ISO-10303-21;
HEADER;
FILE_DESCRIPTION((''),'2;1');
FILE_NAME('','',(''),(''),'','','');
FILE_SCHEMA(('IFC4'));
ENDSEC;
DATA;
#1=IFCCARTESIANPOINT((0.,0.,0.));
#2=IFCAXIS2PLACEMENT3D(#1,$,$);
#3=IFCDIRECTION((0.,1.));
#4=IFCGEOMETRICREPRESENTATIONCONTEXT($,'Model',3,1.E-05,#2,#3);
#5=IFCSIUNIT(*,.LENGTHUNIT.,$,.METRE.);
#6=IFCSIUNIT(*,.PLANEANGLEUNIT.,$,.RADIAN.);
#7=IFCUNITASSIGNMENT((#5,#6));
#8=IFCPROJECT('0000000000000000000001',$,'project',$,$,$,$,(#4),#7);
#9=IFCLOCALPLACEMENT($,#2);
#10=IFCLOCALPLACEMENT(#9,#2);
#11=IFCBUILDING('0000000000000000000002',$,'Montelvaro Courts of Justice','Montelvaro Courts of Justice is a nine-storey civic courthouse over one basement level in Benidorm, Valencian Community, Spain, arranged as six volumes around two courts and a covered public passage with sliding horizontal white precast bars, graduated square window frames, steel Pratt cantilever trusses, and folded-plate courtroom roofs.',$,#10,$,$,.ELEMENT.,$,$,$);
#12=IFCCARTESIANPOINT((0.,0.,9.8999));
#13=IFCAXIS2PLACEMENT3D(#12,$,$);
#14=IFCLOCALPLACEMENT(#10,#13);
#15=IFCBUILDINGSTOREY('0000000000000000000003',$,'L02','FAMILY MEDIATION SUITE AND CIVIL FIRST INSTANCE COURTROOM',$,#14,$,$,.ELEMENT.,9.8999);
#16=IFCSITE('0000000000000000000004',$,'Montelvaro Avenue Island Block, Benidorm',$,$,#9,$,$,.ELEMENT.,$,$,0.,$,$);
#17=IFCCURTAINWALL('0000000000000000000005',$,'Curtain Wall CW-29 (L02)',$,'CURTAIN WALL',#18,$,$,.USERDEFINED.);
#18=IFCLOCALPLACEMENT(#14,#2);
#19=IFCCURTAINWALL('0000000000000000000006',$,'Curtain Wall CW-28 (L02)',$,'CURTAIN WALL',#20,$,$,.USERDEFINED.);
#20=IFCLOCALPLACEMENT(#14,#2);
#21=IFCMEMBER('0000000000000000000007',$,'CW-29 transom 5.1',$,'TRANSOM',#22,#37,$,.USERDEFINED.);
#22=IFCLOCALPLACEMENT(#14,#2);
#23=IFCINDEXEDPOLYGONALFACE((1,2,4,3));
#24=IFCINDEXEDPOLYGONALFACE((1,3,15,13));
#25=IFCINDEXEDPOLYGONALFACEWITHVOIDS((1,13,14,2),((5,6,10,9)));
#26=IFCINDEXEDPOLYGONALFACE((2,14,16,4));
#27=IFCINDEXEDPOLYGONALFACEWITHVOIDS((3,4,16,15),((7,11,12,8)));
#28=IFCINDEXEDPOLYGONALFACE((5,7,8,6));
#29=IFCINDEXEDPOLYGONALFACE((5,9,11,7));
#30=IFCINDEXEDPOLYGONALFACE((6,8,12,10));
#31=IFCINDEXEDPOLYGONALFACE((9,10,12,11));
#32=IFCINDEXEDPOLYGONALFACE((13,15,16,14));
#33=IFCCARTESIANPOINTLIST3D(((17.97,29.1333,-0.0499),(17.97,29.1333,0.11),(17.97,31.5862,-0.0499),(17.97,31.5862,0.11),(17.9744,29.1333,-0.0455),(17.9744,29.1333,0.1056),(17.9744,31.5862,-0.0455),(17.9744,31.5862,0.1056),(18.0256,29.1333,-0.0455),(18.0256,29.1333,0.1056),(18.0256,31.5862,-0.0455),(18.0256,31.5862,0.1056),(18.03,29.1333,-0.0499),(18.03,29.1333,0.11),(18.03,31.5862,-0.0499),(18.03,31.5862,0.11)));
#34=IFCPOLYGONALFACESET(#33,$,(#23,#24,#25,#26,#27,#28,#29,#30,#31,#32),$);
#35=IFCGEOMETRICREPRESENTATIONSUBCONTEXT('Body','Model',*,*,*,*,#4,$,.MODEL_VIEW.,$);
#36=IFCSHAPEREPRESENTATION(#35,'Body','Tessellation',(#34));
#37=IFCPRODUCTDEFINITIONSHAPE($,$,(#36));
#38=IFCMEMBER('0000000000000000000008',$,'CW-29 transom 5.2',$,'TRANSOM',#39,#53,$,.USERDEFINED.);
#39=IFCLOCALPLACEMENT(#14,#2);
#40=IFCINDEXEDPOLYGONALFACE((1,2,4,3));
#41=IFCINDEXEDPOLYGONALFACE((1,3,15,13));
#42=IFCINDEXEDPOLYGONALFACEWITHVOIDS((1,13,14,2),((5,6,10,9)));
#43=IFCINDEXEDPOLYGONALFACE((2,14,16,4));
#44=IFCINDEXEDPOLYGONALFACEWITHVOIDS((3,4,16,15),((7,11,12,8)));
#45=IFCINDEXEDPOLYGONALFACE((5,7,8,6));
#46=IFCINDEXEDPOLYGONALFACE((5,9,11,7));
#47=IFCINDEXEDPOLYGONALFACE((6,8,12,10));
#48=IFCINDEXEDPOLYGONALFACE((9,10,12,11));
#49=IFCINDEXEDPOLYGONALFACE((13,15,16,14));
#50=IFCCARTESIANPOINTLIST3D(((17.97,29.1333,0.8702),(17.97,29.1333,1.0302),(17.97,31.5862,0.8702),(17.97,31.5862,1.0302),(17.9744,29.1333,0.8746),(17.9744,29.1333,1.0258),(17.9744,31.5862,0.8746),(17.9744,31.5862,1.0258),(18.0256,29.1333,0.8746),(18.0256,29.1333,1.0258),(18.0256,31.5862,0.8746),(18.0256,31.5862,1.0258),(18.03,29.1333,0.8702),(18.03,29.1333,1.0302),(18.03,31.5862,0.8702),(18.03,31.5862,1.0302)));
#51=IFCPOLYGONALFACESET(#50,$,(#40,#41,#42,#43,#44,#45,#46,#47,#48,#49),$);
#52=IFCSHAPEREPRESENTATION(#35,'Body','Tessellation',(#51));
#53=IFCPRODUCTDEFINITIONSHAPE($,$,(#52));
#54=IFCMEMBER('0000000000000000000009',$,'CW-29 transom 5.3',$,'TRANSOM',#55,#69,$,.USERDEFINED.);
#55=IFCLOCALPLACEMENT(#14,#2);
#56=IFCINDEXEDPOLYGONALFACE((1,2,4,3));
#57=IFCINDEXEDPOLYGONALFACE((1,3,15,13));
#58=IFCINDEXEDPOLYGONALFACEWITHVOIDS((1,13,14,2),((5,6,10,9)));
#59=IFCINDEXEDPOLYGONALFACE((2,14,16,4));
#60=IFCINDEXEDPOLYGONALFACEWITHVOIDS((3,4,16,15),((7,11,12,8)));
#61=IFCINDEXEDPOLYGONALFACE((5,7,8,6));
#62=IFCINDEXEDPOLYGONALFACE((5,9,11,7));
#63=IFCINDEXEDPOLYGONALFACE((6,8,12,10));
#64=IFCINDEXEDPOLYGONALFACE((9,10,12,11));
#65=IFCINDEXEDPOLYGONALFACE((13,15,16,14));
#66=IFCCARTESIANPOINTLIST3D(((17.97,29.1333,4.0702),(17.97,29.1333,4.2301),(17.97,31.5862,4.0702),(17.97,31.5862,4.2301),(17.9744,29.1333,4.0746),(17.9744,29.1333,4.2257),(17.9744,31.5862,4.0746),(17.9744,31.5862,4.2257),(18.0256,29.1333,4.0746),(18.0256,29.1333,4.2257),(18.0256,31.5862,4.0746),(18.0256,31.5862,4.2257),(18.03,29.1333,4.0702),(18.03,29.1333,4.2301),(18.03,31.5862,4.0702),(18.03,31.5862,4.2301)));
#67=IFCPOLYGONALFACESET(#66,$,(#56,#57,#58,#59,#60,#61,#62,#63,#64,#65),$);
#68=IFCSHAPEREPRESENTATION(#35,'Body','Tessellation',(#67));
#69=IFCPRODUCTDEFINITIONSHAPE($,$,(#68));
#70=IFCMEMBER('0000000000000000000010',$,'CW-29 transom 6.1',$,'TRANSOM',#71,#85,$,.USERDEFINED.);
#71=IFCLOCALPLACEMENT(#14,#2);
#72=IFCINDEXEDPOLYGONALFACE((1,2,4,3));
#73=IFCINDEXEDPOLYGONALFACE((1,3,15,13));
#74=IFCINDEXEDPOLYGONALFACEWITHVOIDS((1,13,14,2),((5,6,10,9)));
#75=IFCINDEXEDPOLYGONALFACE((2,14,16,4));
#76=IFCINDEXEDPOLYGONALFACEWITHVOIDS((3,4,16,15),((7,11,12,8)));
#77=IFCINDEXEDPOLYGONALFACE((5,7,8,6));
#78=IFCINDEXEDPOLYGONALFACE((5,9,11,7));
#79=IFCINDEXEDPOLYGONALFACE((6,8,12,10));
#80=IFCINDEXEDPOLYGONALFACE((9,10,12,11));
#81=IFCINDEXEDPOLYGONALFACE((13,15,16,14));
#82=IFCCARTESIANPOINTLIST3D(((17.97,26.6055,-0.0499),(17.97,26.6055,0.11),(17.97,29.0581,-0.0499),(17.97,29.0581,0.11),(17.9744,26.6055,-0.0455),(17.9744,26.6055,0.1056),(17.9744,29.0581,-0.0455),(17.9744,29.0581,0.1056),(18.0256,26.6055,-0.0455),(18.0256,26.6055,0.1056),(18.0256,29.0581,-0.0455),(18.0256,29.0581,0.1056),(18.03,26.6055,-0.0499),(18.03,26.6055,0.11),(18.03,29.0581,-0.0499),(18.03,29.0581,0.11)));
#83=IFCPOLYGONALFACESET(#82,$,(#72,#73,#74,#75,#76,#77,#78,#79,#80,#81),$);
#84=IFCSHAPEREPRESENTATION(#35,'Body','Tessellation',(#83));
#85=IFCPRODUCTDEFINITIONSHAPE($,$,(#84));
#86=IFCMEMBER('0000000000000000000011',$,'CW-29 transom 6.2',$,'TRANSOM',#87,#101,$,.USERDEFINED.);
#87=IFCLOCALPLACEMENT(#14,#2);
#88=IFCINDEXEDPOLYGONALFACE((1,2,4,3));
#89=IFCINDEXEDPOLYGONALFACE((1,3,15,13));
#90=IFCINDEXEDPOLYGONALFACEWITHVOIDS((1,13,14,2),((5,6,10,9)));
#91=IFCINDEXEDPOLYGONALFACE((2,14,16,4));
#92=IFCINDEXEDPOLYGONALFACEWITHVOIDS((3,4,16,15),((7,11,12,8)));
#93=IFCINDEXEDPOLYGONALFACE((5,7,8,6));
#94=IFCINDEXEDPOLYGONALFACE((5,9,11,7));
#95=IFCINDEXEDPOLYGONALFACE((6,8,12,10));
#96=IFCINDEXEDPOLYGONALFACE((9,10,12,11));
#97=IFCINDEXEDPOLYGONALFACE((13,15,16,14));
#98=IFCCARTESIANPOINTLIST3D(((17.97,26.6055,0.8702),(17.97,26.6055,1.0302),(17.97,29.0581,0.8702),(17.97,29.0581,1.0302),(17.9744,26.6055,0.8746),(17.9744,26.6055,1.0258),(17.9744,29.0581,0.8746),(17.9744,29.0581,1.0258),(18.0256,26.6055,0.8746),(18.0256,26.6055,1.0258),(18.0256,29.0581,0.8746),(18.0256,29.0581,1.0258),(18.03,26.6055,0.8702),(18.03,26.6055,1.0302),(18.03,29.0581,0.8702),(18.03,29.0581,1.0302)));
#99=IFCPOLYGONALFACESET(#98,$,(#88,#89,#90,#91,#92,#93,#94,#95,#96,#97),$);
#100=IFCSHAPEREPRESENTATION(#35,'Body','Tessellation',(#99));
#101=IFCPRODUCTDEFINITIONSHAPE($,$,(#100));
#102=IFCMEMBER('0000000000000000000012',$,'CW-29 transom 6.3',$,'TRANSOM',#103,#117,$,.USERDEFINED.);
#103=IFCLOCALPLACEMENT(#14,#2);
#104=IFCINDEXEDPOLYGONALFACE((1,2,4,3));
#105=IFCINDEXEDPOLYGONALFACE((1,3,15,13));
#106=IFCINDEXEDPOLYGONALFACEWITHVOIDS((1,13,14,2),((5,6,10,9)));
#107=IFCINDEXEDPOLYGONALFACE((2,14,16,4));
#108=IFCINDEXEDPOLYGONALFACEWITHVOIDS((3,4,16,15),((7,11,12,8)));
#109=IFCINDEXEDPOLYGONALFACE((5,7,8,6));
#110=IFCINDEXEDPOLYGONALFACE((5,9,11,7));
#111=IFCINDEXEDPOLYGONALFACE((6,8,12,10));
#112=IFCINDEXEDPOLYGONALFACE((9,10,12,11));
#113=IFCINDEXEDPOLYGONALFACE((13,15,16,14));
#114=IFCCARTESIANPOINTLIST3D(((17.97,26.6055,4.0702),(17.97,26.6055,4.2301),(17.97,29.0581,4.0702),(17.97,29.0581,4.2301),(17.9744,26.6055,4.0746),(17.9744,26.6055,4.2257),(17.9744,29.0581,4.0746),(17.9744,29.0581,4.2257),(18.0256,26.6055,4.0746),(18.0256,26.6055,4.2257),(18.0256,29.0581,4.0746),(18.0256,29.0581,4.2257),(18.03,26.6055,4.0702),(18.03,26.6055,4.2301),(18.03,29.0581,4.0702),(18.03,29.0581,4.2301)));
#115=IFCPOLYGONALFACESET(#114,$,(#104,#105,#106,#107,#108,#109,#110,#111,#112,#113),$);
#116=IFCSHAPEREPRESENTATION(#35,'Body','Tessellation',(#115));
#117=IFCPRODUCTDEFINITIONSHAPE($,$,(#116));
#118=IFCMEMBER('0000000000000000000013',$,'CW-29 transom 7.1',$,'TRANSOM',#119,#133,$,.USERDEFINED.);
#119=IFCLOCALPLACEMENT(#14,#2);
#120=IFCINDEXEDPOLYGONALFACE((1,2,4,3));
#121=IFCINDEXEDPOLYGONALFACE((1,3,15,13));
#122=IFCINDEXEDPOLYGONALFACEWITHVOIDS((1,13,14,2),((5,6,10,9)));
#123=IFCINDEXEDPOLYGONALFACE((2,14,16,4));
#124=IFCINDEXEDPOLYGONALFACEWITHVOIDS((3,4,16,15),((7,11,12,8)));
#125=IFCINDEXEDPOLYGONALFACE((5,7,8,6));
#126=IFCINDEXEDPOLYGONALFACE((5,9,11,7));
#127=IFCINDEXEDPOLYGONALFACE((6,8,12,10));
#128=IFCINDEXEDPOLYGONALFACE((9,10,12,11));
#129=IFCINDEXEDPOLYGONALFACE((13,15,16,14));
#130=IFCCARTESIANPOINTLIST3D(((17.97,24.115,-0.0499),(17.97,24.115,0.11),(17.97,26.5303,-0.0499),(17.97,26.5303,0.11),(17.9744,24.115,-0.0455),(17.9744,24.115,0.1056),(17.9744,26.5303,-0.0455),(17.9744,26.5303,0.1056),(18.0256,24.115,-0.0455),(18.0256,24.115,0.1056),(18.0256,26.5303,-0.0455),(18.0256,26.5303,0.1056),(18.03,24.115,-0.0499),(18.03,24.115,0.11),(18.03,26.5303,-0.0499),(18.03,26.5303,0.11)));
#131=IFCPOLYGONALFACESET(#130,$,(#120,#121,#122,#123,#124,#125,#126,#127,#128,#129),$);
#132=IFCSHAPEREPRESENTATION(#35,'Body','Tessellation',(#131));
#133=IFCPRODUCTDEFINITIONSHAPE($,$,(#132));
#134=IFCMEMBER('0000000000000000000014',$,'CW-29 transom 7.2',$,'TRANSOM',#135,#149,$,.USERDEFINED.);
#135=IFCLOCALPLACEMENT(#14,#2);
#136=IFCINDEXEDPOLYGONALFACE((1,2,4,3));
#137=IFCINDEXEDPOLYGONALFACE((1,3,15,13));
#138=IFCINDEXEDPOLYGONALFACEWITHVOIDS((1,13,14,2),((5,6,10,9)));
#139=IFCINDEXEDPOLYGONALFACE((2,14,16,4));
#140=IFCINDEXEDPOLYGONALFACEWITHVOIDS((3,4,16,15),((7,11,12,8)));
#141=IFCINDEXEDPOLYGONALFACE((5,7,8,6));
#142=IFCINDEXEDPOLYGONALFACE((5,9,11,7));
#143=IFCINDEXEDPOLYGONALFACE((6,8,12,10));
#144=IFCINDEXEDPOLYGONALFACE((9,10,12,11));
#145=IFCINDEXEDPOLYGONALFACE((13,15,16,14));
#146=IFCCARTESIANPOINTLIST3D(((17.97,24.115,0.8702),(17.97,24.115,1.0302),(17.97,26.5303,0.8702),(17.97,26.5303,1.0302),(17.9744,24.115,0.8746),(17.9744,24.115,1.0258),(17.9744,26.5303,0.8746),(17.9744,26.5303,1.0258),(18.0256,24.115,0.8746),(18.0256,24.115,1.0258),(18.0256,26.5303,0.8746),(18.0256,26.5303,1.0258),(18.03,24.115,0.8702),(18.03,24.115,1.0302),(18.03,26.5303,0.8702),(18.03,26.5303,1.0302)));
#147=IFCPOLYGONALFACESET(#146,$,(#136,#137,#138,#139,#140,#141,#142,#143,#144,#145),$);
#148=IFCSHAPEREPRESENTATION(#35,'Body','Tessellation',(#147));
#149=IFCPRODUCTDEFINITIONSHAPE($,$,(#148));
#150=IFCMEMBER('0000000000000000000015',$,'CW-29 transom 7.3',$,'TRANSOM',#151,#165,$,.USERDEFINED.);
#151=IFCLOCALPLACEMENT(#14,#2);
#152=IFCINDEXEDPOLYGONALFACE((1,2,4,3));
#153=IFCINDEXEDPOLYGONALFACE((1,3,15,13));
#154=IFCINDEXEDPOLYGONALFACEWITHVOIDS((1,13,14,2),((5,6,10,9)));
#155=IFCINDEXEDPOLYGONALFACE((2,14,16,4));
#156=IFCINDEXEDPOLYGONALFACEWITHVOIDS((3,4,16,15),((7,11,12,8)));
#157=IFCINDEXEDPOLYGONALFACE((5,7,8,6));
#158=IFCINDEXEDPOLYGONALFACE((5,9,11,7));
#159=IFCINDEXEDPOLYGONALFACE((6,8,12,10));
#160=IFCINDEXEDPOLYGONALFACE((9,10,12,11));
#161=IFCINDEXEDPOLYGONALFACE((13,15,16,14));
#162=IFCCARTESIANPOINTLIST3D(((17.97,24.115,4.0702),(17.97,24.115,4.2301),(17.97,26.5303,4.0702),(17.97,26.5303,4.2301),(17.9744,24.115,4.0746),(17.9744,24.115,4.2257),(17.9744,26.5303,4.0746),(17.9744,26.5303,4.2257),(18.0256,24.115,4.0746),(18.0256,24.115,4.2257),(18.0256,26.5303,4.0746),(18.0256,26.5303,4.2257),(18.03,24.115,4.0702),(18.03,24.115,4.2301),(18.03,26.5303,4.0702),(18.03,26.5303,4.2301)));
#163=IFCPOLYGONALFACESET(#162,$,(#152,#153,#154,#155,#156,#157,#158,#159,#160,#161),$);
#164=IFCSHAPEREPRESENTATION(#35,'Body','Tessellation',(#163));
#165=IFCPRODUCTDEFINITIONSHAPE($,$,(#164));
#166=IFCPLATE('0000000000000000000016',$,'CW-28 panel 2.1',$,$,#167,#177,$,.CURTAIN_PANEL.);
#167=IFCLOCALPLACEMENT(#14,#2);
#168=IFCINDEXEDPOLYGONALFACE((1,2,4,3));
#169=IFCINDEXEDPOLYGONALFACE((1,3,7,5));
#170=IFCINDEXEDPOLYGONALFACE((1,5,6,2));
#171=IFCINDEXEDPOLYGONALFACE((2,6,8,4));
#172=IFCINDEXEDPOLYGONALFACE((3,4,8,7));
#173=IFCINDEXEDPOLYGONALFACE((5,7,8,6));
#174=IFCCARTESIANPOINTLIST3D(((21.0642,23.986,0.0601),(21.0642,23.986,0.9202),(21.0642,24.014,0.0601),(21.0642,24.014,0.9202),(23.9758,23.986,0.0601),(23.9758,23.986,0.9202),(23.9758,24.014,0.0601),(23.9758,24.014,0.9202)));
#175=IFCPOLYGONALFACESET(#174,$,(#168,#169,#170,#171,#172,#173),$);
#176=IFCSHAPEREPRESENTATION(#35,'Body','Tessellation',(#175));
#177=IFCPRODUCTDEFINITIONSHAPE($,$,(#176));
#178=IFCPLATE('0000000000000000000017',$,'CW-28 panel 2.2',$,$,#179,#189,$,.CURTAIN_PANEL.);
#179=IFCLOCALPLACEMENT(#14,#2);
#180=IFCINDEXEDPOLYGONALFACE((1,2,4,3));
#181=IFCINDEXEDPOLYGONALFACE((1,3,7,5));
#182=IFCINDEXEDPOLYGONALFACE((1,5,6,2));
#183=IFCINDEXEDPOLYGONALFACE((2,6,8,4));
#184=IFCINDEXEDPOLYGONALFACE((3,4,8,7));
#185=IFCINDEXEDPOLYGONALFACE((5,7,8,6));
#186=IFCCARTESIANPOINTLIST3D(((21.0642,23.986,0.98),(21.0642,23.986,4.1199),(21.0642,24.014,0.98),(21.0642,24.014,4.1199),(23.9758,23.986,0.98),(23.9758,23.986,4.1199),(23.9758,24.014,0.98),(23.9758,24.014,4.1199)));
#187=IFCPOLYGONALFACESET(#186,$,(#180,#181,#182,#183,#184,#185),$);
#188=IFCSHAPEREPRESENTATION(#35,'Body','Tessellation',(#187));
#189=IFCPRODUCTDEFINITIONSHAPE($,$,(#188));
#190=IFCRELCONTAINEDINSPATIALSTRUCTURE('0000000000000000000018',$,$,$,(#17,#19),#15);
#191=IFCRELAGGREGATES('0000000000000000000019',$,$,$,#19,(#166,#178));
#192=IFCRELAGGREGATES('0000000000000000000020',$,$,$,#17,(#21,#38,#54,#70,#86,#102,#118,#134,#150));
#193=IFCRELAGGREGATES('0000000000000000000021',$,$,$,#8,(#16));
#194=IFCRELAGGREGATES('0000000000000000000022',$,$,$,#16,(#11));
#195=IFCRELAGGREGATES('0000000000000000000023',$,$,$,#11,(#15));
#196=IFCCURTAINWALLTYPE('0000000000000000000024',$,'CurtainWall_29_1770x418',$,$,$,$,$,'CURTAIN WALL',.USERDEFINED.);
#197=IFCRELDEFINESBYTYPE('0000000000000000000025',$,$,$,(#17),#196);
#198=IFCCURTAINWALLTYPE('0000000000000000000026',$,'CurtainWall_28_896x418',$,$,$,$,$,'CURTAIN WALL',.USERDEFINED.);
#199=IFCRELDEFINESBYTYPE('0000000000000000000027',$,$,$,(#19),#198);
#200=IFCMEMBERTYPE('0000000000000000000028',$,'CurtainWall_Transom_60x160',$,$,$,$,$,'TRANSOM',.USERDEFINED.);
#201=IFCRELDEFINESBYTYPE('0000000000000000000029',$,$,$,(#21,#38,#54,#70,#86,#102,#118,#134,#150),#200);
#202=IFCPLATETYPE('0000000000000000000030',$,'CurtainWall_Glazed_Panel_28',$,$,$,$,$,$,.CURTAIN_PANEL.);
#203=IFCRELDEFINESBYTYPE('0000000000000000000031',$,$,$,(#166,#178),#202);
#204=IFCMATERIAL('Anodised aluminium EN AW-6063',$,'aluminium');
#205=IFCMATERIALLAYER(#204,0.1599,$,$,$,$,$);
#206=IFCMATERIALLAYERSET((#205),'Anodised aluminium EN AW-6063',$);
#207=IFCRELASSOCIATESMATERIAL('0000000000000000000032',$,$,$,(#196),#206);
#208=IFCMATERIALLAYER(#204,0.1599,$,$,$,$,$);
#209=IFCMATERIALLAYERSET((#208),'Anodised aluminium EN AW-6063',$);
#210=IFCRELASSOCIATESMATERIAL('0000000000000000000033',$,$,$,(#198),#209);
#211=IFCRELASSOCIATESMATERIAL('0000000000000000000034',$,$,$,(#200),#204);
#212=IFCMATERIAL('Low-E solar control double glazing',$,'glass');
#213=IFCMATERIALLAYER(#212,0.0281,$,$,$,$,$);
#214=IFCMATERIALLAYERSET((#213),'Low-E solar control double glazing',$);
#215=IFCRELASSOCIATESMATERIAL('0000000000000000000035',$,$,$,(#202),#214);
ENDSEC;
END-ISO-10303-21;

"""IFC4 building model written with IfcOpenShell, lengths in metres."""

from ifc_helpers import new_model, si_unit, direction, frame, origin, origin_2d, place, context, subcontext, project, spatial, rectangle, hollow_rectangle, extrude, material, layer, layer_set, material_profile, profile_set, type_object, element, aggregate, save


model = new_model("IFC4")

# Units and contexts
model_context = context("Model", 3, precision=1e-05, world=origin(), true_north=direction((0.0, 1.0)))
body_context = subcontext(model_context, "Body", "Model", "MODEL_VIEW")
ifc_project = project(units=[si_unit("LENGTHUNIT", "METRE"), si_unit("PLANEANGLEUNIT", "RADIAN")], contexts=[model_context])

# Site, building, storey
site_placement = place(None, origin())
site = spatial("IfcSite", under=ifc_project, at=site_placement, Name="Montelvaro Avenue Island Block, Benidorm", CompositionType="ELEMENT", RefElevation=0.0)
building_placement = place(site_placement, origin())
building = spatial("IfcBuilding", under=site, at=building_placement, Name="Montelvaro Courts of Justice", Description="Montelvaro Courts of Justice is a nine-storey civic courthouse over one basement level in Benidorm, Valencian Community, Spain, arranged as six volumes around two courts and a covered public passage with sliding horizontal white precast bars, graduated square window frames, steel Pratt cantilever trusses, and folded-plate courtroom roofs.", CompositionType="ELEMENT")
storey_placement = place(building_placement, frame((0.0, 0.0, 9.8999)))
storey = spatial("IfcBuildingStorey", under=building, at=storey_placement, Name="L02", Description="FAMILY MEDIATION SUITE AND CIVIL FIRST INSTANCE COURTROOM", CompositionType="ELEMENT", Elevation=9.8999)

# Curtain walls
ifc_material_1 = material(Name="Anodised aluminium EN AW-6063", Category="aluminium")
ifc_layer_1 = layer(ifc_material_1, 0.1599)
ifc_layer_set_1 = layer_set([ifc_layer_1], Name="Anodised aluminium EN AW-6063")
curtain_wall_type_1 = type_object("IfcCurtainWallType", Name="CurtainWall_29_1770x418", ElementType="CURTAIN WALL", PredefinedType="USERDEFINED", material=ifc_layer_set_1)
curtain_wall_1_placement = place(storey_placement, origin())
curtain_wall_1 = element("IfcCurtainWall", 1, at=curtain_wall_1_placement, inside=storey, type_object=curtain_wall_type_1, Name="Curtain Wall CW-29 (L02)", ObjectType="CURTAIN WALL", PredefinedType="USERDEFINED")
ifc_layer_2 = layer(ifc_material_1, 0.1599)
ifc_layer_set_2 = layer_set([ifc_layer_2], Name="Anodised aluminium EN AW-6063")
curtain_wall_type_2 = type_object("IfcCurtainWallType", Name="CurtainWall_28_896x418", ElementType="CURTAIN WALL", PredefinedType="USERDEFINED", material=ifc_layer_set_2)
curtain_wall_2_placement = place(storey_placement, origin())
curtain_wall_2 = element("IfcCurtainWall", 2, at=curtain_wall_2_placement, inside=storey, type_object=curtain_wall_type_2, Name="Curtain Wall CW-28 (L02)", ObjectType="CURTAIN WALL", PredefinedType="USERDEFINED")
ifc_material_profile_1 = material_profile(ifc_material_1, hollow_rectangle(XDim=0.0601, YDim=0.1599, WallThickness=0.0044, at=origin_2d()), Name="ALU-T 60x160")
ifc_profile_set_1 = profile_set([ifc_material_profile_1], Name="Anodised aluminium EN AW-6063")
member_type_1 = type_object("IfcMemberType", Name="CurtainWall_Transom_60x160", ElementType="TRANSOM", PredefinedType="USERDEFINED", material=ifc_profile_set_1)

# Members
member_1_placement = place(storey_placement, frame((18.0, 31.5862, 0.03), z_axis=(0.0, -1.0, 0.0), x_axis=(1.0, 0.0, 0.0)))
member_1 = element("IfcMember", 3, at=member_1_placement, type_object=member_type_1, Name="CW-29 transom 5.1", ObjectType="TRANSOM", PredefinedType="USERDEFINED", context=body_context, shape_type="SweptSolid", body=[
    extrude(hollow_rectangle(XDim=0.0601, YDim=0.1599, WallThickness=0.0044, at=origin_2d()), origin(), (0.0, 0.0, 1.0), 2.4529),
])
member_2_placement = place(storey_placement, frame((18.0, 31.5862, 0.9502), z_axis=(0.0, -1.0, 0.0), x_axis=(1.0, 0.0, 0.0)))
member_2 = element("IfcMember", 4, at=member_2_placement, type_object=member_type_1, Name="CW-29 transom 5.2", ObjectType="TRANSOM", PredefinedType="USERDEFINED", context=body_context, shape_type="SweptSolid", body=[
    extrude(hollow_rectangle(XDim=0.0601, YDim=0.1599, WallThickness=0.0044, at=origin_2d()), origin(), (0.0, 0.0, 1.0), 2.4529),
])
member_3_placement = place(storey_placement, frame((18.0, 31.5862, 4.1501), z_axis=(0.0, -1.0, 0.0), x_axis=(1.0, 0.0, 0.0)))
member_3 = element("IfcMember", 5, at=member_3_placement, type_object=member_type_1, Name="CW-29 transom 5.3", ObjectType="TRANSOM", PredefinedType="USERDEFINED", context=body_context, shape_type="SweptSolid", body=[
    extrude(hollow_rectangle(XDim=0.0601, YDim=0.1599, WallThickness=0.0044, at=origin_2d()), origin(), (0.0, 0.0, 1.0), 2.4529),
])
member_4_placement = place(storey_placement, frame((18.0, 29.0581, 0.03), z_axis=(0.0, -1.0, 0.0), x_axis=(1.0, 0.0, 0.0)))
member_4 = element("IfcMember", 6, at=member_4_placement, type_object=member_type_1, Name="CW-29 transom 6.1", ObjectType="TRANSOM", PredefinedType="USERDEFINED", context=body_context, shape_type="SweptSolid", body=[
    extrude(hollow_rectangle(XDim=0.0601, YDim=0.1599, WallThickness=0.0044, at=origin_2d()), origin(), (0.0, 0.0, 1.0), 2.4526),
])
member_5_placement = place(storey_placement, frame((18.0, 29.0581, 0.9502), z_axis=(0.0, -1.0, 0.0), x_axis=(1.0, 0.0, 0.0)))
member_5 = element("IfcMember", 7, at=member_5_placement, type_object=member_type_1, Name="CW-29 transom 6.2", ObjectType="TRANSOM", PredefinedType="USERDEFINED", context=body_context, shape_type="SweptSolid", body=[
    extrude(hollow_rectangle(XDim=0.0601, YDim=0.1599, WallThickness=0.0044, at=origin_2d()), origin(), (0.0, 0.0, 1.0), 2.4526),
])
member_6_placement = place(storey_placement, frame((18.0, 29.0581, 4.1501), z_axis=(0.0, -1.0, 0.0), x_axis=(1.0, 0.0, 0.0)))
member_6 = element("IfcMember", 8, at=member_6_placement, type_object=member_type_1, Name="CW-29 transom 6.3", ObjectType="TRANSOM", PredefinedType="USERDEFINED", context=body_context, shape_type="SweptSolid", body=[
    extrude(hollow_rectangle(XDim=0.0601, YDim=0.1599, WallThickness=0.0044, at=origin_2d()), origin(), (0.0, 0.0, 1.0), 2.4526),
])
member_7_placement = place(storey_placement, frame((18.0, 26.5303, 0.03), z_axis=(0.0, -1.0, 0.0), x_axis=(1.0, 0.0, 0.0)))
member_7 = element("IfcMember", 9, at=member_7_placement, type_object=member_type_1, Name="CW-29 transom 7.1", ObjectType="TRANSOM", PredefinedType="USERDEFINED", context=body_context, shape_type="SweptSolid", body=[
    extrude(hollow_rectangle(XDim=0.0601, YDim=0.1599, WallThickness=0.0044, at=origin_2d()), origin(), (0.0, 0.0, 1.0), 2.4153),
])
member_8_placement = place(storey_placement, frame((18.0, 26.5303, 0.9502), z_axis=(0.0, -1.0, 0.0), x_axis=(1.0, 0.0, 0.0)))
member_8 = element("IfcMember", 10, at=member_8_placement, type_object=member_type_1, Name="CW-29 transom 7.2", ObjectType="TRANSOM", PredefinedType="USERDEFINED", context=body_context, shape_type="SweptSolid", body=[
    extrude(hollow_rectangle(XDim=0.0601, YDim=0.1599, WallThickness=0.0044, at=origin_2d()), origin(), (0.0, 0.0, 1.0), 2.4153),
])
member_9_placement = place(storey_placement, frame((18.0, 26.5303, 4.1501), z_axis=(0.0, -1.0, 0.0), x_axis=(1.0, 0.0, 0.0)))
member_9 = element("IfcMember", 11, at=member_9_placement, type_object=member_type_1, Name="CW-29 transom 7.3", ObjectType="TRANSOM", PredefinedType="USERDEFINED", context=body_context, shape_type="SweptSolid", body=[
    extrude(hollow_rectangle(XDim=0.0601, YDim=0.1599, WallThickness=0.0044, at=origin_2d()), origin(), (0.0, 0.0, 1.0), 2.4153),
])

# Plates
ifc_material_2 = material(Name="Low-E solar control double glazing", Category="glass")
ifc_layer_3 = layer(ifc_material_2, 0.0281)
ifc_layer_set_3 = layer_set([ifc_layer_3], Name="Low-E solar control double glazing")
plate_type = type_object("IfcPlateType", Name="CurtainWall_Glazed_Panel_28", PredefinedType="CURTAIN_PANEL", material=ifc_layer_set_3)
plate_1_placement = place(storey_placement, frame((22.52, 24.0, 0.0601), z_axis=(0.0, 0.0, 1.0), x_axis=(1.0, 0.0, 0.0)))
plate_1 = element("IfcPlate", 12, at=plate_1_placement, type_object=plate_type, Name="CW-28 panel 2.1", PredefinedType="CURTAIN_PANEL", context=body_context, shape_type="SweptSolid", body=[
    extrude(rectangle(XDim=2.9116, YDim=0.0281, at=origin_2d()), origin(), (0.0, 0.0, 1.0), 0.8601),
])
plate_2_placement = place(storey_placement, frame((22.52, 24.0, 0.98), z_axis=(0.0, 0.0, 1.0), x_axis=(1.0, 0.0, 0.0)))
plate_2 = element("IfcPlate", 13, at=plate_2_placement, type_object=plate_type, Name="CW-28 panel 2.2", PredefinedType="CURTAIN_PANEL", context=body_context, shape_type="SweptSolid", body=[
    extrude(rectangle(XDim=2.9116, YDim=0.0281, at=origin_2d()), origin(), (0.0, 0.0, 1.0), 3.1399),
])
aggregate(curtain_wall_2, [plate_1, plate_2])
aggregate(curtain_wall_1, [member_1, member_2, member_3, member_4, member_5, member_6, member_7, member_8, member_9])

save(model, "model.ifc")
